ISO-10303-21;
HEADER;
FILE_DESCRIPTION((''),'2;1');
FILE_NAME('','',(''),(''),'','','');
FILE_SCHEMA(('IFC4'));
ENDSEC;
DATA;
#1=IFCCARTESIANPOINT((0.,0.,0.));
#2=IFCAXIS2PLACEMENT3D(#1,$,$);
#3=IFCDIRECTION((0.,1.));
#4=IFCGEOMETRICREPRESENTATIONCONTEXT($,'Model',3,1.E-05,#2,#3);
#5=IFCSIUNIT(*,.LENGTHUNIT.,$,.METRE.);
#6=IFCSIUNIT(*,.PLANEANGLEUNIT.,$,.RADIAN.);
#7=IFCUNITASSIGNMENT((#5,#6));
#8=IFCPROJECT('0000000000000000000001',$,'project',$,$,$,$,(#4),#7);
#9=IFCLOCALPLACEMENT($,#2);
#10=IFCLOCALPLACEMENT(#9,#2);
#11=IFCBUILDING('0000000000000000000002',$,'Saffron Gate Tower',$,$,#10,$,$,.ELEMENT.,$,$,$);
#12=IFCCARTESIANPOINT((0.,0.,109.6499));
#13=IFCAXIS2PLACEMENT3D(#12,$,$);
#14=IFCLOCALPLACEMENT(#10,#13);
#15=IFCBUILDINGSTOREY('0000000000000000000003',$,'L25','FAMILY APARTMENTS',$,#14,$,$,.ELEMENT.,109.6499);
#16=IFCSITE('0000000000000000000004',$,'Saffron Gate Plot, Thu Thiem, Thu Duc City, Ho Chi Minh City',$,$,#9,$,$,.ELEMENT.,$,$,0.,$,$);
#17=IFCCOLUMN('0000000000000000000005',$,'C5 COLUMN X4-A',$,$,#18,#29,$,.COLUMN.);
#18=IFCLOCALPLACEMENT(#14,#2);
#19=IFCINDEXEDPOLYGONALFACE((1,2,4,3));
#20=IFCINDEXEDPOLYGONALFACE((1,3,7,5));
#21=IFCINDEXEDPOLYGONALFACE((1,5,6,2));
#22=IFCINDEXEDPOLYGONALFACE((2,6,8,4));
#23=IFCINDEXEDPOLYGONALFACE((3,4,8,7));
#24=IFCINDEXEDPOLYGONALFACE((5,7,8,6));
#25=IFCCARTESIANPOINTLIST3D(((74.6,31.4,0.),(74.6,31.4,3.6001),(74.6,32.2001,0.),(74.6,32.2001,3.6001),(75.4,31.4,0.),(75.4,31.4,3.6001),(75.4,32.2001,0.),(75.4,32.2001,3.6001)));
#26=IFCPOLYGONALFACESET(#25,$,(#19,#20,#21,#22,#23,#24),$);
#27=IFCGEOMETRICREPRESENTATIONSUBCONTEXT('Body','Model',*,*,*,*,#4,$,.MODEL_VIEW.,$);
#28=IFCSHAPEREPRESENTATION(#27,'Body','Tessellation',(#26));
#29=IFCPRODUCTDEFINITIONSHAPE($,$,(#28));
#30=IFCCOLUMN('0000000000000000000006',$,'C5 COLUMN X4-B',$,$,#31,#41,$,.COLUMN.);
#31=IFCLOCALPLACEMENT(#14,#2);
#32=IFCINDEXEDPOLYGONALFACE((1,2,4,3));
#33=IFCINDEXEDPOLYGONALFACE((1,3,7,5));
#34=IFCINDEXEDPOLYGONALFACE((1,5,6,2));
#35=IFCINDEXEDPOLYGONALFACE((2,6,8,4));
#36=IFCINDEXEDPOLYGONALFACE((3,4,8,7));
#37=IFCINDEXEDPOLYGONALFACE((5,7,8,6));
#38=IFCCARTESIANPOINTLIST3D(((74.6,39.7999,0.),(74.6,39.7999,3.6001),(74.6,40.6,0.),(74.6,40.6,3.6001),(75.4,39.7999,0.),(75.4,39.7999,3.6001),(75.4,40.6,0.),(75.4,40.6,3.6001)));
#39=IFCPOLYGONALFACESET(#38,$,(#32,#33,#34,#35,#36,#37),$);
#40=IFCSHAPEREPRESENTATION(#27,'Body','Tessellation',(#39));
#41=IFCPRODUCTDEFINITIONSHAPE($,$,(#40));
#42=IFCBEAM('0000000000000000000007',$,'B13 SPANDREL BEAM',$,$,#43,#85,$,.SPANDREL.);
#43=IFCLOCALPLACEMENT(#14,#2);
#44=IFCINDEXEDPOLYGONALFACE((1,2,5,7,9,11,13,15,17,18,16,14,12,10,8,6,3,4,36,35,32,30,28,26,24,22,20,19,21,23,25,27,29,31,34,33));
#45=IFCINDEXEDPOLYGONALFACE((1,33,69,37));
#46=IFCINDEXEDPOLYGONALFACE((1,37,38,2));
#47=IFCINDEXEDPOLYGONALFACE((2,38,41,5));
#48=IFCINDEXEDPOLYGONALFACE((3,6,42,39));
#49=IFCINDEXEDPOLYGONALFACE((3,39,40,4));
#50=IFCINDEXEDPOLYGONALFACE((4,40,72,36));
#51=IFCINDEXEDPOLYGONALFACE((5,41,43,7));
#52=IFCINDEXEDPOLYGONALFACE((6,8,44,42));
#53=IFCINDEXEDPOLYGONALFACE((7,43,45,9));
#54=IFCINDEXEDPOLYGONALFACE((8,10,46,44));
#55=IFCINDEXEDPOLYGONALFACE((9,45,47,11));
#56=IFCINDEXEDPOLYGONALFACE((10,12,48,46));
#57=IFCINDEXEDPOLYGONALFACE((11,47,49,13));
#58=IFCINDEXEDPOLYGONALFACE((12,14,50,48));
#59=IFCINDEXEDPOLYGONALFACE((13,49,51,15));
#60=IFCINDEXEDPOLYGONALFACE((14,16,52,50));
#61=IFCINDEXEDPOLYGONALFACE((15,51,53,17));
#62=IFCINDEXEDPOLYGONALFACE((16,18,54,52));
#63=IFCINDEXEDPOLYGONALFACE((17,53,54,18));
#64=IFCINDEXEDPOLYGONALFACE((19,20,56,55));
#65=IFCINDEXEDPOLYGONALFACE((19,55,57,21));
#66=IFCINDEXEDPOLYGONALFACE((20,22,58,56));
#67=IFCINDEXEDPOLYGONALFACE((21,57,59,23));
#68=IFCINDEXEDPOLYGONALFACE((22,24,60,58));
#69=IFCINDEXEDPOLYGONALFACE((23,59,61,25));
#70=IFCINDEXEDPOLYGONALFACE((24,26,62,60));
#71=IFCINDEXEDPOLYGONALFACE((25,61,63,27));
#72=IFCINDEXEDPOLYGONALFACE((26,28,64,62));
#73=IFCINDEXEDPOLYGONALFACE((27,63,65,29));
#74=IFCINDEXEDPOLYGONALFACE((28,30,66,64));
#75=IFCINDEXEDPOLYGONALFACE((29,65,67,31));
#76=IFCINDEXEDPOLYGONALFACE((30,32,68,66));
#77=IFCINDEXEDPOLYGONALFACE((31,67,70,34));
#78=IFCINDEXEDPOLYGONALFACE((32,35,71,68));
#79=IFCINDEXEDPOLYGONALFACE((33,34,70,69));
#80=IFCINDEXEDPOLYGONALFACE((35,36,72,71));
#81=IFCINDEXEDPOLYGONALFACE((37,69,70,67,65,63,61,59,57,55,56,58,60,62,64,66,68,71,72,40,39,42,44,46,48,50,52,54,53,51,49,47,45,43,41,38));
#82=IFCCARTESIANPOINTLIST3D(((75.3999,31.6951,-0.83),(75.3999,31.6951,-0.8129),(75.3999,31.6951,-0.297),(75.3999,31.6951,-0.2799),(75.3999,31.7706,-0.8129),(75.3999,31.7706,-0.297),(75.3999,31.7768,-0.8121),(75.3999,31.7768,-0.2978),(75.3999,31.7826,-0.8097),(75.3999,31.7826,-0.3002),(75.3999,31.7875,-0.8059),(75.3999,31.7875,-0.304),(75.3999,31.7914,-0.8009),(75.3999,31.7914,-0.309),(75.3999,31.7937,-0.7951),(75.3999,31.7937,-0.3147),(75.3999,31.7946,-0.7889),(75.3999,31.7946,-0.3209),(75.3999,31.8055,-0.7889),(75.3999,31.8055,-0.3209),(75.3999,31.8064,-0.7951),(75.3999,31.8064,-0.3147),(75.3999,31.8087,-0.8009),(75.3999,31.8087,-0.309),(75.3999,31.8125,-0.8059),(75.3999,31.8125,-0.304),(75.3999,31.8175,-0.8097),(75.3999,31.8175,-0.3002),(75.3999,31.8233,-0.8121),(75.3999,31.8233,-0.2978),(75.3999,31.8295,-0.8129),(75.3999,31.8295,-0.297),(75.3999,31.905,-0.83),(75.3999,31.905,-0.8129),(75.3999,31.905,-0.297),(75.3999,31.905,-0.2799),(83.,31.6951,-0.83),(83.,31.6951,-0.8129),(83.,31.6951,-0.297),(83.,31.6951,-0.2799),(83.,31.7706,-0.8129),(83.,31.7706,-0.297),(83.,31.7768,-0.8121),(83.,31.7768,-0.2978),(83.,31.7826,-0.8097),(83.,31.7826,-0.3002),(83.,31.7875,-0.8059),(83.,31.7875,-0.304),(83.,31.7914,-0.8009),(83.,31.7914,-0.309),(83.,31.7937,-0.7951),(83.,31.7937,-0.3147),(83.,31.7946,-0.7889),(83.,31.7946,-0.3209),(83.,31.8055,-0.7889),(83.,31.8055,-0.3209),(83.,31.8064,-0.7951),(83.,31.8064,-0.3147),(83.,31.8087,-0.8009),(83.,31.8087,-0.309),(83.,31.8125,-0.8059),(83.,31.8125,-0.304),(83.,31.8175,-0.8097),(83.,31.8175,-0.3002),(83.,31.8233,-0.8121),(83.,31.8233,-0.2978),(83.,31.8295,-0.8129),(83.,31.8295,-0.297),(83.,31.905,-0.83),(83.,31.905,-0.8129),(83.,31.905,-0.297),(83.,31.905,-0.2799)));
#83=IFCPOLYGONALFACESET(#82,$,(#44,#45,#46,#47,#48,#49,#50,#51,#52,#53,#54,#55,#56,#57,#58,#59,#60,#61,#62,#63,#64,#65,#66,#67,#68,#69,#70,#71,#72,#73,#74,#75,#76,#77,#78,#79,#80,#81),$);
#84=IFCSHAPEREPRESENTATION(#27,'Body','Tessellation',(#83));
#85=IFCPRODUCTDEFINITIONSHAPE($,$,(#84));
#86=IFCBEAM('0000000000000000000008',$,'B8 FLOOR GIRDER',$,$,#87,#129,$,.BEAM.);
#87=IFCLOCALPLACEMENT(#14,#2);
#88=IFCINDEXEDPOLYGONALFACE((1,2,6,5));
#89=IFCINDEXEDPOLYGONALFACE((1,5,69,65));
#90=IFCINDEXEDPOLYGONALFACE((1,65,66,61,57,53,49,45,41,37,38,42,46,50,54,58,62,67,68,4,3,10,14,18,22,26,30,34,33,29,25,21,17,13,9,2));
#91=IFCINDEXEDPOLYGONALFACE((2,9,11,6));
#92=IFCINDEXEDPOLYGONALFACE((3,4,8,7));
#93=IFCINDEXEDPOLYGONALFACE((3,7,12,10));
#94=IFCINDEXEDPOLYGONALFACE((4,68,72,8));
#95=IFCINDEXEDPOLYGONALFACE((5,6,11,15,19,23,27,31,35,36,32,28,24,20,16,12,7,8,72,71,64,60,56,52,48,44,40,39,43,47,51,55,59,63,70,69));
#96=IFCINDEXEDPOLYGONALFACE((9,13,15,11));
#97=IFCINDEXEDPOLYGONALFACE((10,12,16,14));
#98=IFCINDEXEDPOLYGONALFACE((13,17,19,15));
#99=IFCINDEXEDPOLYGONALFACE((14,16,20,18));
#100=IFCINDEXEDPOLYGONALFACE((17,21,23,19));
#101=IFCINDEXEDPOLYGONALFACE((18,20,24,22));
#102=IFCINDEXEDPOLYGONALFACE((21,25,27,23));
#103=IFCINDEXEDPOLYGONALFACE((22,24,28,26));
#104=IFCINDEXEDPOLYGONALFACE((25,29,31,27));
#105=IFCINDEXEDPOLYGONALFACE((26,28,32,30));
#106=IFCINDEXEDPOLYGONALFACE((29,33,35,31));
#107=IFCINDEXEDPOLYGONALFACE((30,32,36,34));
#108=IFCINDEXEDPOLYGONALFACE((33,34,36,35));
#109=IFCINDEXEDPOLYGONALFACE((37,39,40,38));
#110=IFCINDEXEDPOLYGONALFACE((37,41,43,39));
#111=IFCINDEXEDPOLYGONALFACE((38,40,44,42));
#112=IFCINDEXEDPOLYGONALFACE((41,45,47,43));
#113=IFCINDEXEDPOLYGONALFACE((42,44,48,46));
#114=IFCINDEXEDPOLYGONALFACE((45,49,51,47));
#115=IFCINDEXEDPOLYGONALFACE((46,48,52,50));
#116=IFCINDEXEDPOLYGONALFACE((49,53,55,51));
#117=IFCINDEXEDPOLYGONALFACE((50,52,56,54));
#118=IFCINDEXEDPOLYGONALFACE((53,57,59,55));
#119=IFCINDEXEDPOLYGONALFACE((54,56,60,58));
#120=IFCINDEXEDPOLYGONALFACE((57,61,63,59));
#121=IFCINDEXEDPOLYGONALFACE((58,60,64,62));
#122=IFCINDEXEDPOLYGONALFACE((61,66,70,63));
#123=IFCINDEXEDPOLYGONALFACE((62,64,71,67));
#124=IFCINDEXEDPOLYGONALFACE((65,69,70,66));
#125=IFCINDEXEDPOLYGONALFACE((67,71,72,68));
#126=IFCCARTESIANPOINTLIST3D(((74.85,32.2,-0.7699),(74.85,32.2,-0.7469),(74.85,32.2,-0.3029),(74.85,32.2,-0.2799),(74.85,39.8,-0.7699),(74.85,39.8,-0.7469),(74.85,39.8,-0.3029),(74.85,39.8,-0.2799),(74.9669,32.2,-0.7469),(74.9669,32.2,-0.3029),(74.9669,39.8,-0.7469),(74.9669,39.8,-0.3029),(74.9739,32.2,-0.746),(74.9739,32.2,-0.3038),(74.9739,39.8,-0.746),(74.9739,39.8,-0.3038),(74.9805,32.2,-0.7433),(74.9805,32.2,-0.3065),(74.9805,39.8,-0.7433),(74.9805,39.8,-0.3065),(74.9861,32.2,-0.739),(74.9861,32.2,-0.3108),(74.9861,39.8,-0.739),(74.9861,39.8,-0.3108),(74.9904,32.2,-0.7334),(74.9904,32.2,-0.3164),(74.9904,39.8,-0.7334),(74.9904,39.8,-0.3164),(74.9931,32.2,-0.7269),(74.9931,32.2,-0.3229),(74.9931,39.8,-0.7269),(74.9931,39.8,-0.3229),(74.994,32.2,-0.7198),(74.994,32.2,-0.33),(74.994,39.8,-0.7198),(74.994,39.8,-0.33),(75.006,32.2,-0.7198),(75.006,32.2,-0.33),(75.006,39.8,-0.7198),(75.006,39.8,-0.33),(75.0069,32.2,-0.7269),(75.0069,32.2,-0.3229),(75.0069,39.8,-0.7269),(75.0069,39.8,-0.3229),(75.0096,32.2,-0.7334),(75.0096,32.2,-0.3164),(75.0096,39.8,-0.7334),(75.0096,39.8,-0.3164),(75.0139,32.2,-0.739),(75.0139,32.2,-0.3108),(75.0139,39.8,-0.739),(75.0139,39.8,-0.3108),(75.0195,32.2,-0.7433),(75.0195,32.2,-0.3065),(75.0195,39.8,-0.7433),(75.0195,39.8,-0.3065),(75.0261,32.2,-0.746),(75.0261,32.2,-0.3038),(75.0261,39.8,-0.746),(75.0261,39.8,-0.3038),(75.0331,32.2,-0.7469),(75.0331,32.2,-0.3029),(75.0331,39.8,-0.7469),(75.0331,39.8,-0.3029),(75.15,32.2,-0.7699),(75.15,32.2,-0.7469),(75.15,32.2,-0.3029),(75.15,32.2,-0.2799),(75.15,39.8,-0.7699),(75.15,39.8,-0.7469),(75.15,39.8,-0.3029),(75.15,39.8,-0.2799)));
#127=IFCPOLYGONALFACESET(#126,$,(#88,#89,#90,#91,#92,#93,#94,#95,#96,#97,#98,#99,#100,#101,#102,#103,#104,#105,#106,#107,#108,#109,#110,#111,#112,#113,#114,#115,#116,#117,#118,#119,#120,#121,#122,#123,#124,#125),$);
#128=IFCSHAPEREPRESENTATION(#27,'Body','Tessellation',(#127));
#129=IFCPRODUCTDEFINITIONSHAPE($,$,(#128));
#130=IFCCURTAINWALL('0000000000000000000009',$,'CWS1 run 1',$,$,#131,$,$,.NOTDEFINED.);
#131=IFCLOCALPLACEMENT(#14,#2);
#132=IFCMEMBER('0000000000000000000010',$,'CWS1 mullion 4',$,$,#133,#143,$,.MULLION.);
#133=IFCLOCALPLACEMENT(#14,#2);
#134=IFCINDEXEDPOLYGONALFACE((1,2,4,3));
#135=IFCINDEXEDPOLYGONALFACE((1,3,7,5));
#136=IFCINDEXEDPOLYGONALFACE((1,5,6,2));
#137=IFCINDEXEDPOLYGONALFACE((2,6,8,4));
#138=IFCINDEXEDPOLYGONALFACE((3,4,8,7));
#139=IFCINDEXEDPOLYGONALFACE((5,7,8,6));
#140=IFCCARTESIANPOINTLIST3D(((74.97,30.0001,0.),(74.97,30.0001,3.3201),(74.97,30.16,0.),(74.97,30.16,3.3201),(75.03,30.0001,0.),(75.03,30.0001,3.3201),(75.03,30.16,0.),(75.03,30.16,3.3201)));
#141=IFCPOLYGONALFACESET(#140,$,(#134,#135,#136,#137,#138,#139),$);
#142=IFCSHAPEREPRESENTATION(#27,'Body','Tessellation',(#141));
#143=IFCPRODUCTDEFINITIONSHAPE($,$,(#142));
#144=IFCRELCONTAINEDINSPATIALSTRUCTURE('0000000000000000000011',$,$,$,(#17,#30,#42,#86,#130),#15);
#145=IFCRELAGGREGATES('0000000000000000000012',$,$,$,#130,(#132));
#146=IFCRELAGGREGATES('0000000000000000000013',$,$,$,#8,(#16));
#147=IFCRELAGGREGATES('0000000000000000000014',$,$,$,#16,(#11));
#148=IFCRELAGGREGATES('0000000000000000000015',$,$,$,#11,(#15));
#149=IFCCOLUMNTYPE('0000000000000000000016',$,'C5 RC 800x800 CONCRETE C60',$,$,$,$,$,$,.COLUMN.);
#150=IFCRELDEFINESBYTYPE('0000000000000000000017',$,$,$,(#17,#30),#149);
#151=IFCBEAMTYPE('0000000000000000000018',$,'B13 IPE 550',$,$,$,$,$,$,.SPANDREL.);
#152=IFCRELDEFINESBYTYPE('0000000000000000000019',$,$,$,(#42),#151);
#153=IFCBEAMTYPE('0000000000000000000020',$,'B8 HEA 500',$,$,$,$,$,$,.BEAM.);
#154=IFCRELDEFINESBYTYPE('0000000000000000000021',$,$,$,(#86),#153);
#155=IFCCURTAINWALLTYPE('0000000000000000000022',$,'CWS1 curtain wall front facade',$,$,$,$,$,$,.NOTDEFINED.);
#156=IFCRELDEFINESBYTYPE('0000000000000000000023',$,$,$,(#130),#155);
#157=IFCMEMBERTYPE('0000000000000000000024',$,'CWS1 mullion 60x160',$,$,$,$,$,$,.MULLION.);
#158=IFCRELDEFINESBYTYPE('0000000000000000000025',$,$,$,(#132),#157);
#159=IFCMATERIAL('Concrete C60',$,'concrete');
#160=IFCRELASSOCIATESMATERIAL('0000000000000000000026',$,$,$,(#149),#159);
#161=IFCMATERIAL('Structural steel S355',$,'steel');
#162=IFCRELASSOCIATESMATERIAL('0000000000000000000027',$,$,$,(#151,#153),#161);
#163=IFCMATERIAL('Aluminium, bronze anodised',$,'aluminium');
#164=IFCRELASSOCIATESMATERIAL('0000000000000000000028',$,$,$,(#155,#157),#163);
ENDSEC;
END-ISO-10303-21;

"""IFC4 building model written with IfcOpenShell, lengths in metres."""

from ifc_helpers import new_model, si_unit, direction, frame, origin, origin_2d, place, context, subcontext, project, spatial, rectangle, i_section, extrude, material, material_profile, profile_set, type_object, element, aggregate, save


model = new_model("IFC4")

# Units and contexts
model_context = context("Model", 3, precision=1e-05, world=origin(), true_north=direction((0.0, 1.0)))
body_context = subcontext(model_context, "Body", "Model", "MODEL_VIEW")
ifc_project = project(units=[si_unit("LENGTHUNIT", "METRE"), si_unit("PLANEANGLEUNIT", "RADIAN")], contexts=[model_context])

# Site, building, storey
site_placement = place(None, origin())
site = spatial("IfcSite", under=ifc_project, at=site_placement, Name="Saffron Gate Plot, Thu Thiem, Thu Duc City, Ho Chi Minh City", CompositionType="ELEMENT", RefElevation=0.0)
building_placement = place(site_placement, origin())
building = spatial("IfcBuilding", under=site, at=building_placement, Name="Saffron Gate Tower", CompositionType="ELEMENT")
storey_placement = place(building_placement, frame((0.0, 0.0, 109.6499)))
storey = spatial("IfcBuildingStorey", under=building, at=storey_placement, Name="L25", Description="FAMILY APARTMENTS", CompositionType="ELEMENT", Elevation=109.6499)

# Columns
ifc_material_1 = material(Name="Concrete C60", Category="concrete")
ifc_material_profile_1 = material_profile(ifc_material_1, rectangle(XDim=0.8, YDim=0.8, at=origin_2d()))
ifc_profile_set_1 = profile_set([ifc_material_profile_1], Name="Concrete C60")
column_type = type_object("IfcColumnType", Name="C5 RC 800x800 CONCRETE C60", PredefinedType="COLUMN", material=ifc_profile_set_1)
for number, where, z_axis, x_axis, name in (
    (1, (75.0, 31.8, 0.0), (0.0, 0.0, 1.0), (1.0, 0.0, 0.0), "C5 COLUMN X4-A"),
    (2, (75.0, 40.2, 0.0), (0.0, 0.0, 1.0), (1.0, 0.0, 0.0), "C5 COLUMN X4-B"),
):
    element("IfcColumn", number, at=place(storey_placement, frame(where, z_axis=z_axis, x_axis=x_axis)), inside=storey, type_object=column_type, Name=name, PredefinedType="COLUMN", context=body_context, shape_type="SweptSolid", body=[
        extrude(rectangle(XDim=0.8, YDim=0.8, at=origin_2d()), origin(), (0.0, 0.0, 1.0), 3.6001),
    ])

# Beams
ifc_material_2 = material(Name="Structural steel S355", Category="steel")
ifc_material_profile_2 = material_profile(ifc_material_2, i_section(OverallWidth=0.21, OverallDepth=0.55, WebThickness=0.011, FlangeThickness=0.0171, FilletRadius=0.0239, at=origin_2d()))
ifc_profile_set_2 = profile_set([ifc_material_profile_2], Name="Structural steel S355")
beam_type_1 = type_object("IfcBeamType", Name="B13 IPE 550", PredefinedType="SPANDREL", material=ifc_profile_set_2)
beam_1_placement = place(storey_placement, frame((75.3999, 31.8, -0.5549), z_axis=(1.0, 0.0, 0.0), x_axis=(0.0, 1.0, 0.0)))
element("IfcBeam", 3, at=beam_1_placement, inside=storey, type_object=beam_type_1, Name="B13 SPANDREL BEAM", PredefinedType="SPANDREL", context=body_context, shape_type="SweptSolid", body=[
    extrude(i_section(OverallWidth=0.21, OverallDepth=0.55, WebThickness=0.011, FlangeThickness=0.0171, FilletRadius=0.0239, at=origin_2d()), origin(), (0.0, 0.0, 1.0), 7.6001),
])
ifc_material_profile_3 = material_profile(ifc_material_2, i_section(OverallWidth=0.3, OverallDepth=0.49, WebThickness=0.012, FlangeThickness=0.0229, FilletRadius=0.0271, at=origin_2d()))
ifc_profile_set_3 = profile_set([ifc_material_profile_3], Name="Structural steel S355")
beam_type_2 = type_object("IfcBeamType", Name="B8 HEA 500", PredefinedType="BEAM", material=ifc_profile_set_3)
beam_2_placement = place(storey_placement, frame((75.0, 32.2, -0.5249), z_axis=(0.0, 1.0, 0.0), x_axis=(-1.0, 0.0, 0.0)))
element("IfcBeam", 4, at=beam_2_placement, inside=storey, type_object=beam_type_2, Name="B8 FLOOR GIRDER", PredefinedType="BEAM", context=body_context, shape_type="SweptSolid", body=[
    extrude(i_section(OverallWidth=0.3, OverallDepth=0.49, WebThickness=0.012, FlangeThickness=0.0229, FilletRadius=0.0271, at=origin_2d()), origin(), (0.0, 0.0, 1.0), 7.6001),
])

# Curtain wall, member
ifc_material_3 = material(Name="Aluminium, bronze anodised", Category="aluminium")
curtain_wall_type = type_object("IfcCurtainWallType", Name="CWS1 curtain wall front facade", PredefinedType="NOTDEFINED", material=ifc_material_3)
curtain_wall_placement = place(storey_placement, origin())
curtain_wall = element("IfcCurtainWall", 5, at=curtain_wall_placement, inside=storey, type_object=curtain_wall_type, Name="CWS1 run 1", PredefinedType="NOTDEFINED")
ifc_material_profile_4 = material_profile(ifc_material_3, rectangle(XDim=0.1599, YDim=0.0601, at=origin_2d()))
ifc_profile_set_4 = profile_set([ifc_material_profile_4], Name="Aluminium, bronze anodised")
member_type = type_object("IfcMemberType", Name="CWS1 mullion 60x160", PredefinedType="MULLION", material=ifc_profile_set_4)
member_placement = place(storey_placement, frame((75.0, 30.0801, 0.0), z_axis=(0.0, 0.0, 1.0), x_axis=(0.0, 1.0, 0.0)))
member = element("IfcMember", 6, at=member_placement, type_object=member_type, Name="CWS1 mullion 4", PredefinedType="MULLION", context=body_context, shape_type="SweptSolid", body=[
    extrude(rectangle(XDim=0.1599, YDim=0.0601, at=origin_2d()), origin(), (0.0, 0.0, 1.0), 3.3201),
])
aggregate(curtain_wall, [member])

save(model, "model.ifc")
